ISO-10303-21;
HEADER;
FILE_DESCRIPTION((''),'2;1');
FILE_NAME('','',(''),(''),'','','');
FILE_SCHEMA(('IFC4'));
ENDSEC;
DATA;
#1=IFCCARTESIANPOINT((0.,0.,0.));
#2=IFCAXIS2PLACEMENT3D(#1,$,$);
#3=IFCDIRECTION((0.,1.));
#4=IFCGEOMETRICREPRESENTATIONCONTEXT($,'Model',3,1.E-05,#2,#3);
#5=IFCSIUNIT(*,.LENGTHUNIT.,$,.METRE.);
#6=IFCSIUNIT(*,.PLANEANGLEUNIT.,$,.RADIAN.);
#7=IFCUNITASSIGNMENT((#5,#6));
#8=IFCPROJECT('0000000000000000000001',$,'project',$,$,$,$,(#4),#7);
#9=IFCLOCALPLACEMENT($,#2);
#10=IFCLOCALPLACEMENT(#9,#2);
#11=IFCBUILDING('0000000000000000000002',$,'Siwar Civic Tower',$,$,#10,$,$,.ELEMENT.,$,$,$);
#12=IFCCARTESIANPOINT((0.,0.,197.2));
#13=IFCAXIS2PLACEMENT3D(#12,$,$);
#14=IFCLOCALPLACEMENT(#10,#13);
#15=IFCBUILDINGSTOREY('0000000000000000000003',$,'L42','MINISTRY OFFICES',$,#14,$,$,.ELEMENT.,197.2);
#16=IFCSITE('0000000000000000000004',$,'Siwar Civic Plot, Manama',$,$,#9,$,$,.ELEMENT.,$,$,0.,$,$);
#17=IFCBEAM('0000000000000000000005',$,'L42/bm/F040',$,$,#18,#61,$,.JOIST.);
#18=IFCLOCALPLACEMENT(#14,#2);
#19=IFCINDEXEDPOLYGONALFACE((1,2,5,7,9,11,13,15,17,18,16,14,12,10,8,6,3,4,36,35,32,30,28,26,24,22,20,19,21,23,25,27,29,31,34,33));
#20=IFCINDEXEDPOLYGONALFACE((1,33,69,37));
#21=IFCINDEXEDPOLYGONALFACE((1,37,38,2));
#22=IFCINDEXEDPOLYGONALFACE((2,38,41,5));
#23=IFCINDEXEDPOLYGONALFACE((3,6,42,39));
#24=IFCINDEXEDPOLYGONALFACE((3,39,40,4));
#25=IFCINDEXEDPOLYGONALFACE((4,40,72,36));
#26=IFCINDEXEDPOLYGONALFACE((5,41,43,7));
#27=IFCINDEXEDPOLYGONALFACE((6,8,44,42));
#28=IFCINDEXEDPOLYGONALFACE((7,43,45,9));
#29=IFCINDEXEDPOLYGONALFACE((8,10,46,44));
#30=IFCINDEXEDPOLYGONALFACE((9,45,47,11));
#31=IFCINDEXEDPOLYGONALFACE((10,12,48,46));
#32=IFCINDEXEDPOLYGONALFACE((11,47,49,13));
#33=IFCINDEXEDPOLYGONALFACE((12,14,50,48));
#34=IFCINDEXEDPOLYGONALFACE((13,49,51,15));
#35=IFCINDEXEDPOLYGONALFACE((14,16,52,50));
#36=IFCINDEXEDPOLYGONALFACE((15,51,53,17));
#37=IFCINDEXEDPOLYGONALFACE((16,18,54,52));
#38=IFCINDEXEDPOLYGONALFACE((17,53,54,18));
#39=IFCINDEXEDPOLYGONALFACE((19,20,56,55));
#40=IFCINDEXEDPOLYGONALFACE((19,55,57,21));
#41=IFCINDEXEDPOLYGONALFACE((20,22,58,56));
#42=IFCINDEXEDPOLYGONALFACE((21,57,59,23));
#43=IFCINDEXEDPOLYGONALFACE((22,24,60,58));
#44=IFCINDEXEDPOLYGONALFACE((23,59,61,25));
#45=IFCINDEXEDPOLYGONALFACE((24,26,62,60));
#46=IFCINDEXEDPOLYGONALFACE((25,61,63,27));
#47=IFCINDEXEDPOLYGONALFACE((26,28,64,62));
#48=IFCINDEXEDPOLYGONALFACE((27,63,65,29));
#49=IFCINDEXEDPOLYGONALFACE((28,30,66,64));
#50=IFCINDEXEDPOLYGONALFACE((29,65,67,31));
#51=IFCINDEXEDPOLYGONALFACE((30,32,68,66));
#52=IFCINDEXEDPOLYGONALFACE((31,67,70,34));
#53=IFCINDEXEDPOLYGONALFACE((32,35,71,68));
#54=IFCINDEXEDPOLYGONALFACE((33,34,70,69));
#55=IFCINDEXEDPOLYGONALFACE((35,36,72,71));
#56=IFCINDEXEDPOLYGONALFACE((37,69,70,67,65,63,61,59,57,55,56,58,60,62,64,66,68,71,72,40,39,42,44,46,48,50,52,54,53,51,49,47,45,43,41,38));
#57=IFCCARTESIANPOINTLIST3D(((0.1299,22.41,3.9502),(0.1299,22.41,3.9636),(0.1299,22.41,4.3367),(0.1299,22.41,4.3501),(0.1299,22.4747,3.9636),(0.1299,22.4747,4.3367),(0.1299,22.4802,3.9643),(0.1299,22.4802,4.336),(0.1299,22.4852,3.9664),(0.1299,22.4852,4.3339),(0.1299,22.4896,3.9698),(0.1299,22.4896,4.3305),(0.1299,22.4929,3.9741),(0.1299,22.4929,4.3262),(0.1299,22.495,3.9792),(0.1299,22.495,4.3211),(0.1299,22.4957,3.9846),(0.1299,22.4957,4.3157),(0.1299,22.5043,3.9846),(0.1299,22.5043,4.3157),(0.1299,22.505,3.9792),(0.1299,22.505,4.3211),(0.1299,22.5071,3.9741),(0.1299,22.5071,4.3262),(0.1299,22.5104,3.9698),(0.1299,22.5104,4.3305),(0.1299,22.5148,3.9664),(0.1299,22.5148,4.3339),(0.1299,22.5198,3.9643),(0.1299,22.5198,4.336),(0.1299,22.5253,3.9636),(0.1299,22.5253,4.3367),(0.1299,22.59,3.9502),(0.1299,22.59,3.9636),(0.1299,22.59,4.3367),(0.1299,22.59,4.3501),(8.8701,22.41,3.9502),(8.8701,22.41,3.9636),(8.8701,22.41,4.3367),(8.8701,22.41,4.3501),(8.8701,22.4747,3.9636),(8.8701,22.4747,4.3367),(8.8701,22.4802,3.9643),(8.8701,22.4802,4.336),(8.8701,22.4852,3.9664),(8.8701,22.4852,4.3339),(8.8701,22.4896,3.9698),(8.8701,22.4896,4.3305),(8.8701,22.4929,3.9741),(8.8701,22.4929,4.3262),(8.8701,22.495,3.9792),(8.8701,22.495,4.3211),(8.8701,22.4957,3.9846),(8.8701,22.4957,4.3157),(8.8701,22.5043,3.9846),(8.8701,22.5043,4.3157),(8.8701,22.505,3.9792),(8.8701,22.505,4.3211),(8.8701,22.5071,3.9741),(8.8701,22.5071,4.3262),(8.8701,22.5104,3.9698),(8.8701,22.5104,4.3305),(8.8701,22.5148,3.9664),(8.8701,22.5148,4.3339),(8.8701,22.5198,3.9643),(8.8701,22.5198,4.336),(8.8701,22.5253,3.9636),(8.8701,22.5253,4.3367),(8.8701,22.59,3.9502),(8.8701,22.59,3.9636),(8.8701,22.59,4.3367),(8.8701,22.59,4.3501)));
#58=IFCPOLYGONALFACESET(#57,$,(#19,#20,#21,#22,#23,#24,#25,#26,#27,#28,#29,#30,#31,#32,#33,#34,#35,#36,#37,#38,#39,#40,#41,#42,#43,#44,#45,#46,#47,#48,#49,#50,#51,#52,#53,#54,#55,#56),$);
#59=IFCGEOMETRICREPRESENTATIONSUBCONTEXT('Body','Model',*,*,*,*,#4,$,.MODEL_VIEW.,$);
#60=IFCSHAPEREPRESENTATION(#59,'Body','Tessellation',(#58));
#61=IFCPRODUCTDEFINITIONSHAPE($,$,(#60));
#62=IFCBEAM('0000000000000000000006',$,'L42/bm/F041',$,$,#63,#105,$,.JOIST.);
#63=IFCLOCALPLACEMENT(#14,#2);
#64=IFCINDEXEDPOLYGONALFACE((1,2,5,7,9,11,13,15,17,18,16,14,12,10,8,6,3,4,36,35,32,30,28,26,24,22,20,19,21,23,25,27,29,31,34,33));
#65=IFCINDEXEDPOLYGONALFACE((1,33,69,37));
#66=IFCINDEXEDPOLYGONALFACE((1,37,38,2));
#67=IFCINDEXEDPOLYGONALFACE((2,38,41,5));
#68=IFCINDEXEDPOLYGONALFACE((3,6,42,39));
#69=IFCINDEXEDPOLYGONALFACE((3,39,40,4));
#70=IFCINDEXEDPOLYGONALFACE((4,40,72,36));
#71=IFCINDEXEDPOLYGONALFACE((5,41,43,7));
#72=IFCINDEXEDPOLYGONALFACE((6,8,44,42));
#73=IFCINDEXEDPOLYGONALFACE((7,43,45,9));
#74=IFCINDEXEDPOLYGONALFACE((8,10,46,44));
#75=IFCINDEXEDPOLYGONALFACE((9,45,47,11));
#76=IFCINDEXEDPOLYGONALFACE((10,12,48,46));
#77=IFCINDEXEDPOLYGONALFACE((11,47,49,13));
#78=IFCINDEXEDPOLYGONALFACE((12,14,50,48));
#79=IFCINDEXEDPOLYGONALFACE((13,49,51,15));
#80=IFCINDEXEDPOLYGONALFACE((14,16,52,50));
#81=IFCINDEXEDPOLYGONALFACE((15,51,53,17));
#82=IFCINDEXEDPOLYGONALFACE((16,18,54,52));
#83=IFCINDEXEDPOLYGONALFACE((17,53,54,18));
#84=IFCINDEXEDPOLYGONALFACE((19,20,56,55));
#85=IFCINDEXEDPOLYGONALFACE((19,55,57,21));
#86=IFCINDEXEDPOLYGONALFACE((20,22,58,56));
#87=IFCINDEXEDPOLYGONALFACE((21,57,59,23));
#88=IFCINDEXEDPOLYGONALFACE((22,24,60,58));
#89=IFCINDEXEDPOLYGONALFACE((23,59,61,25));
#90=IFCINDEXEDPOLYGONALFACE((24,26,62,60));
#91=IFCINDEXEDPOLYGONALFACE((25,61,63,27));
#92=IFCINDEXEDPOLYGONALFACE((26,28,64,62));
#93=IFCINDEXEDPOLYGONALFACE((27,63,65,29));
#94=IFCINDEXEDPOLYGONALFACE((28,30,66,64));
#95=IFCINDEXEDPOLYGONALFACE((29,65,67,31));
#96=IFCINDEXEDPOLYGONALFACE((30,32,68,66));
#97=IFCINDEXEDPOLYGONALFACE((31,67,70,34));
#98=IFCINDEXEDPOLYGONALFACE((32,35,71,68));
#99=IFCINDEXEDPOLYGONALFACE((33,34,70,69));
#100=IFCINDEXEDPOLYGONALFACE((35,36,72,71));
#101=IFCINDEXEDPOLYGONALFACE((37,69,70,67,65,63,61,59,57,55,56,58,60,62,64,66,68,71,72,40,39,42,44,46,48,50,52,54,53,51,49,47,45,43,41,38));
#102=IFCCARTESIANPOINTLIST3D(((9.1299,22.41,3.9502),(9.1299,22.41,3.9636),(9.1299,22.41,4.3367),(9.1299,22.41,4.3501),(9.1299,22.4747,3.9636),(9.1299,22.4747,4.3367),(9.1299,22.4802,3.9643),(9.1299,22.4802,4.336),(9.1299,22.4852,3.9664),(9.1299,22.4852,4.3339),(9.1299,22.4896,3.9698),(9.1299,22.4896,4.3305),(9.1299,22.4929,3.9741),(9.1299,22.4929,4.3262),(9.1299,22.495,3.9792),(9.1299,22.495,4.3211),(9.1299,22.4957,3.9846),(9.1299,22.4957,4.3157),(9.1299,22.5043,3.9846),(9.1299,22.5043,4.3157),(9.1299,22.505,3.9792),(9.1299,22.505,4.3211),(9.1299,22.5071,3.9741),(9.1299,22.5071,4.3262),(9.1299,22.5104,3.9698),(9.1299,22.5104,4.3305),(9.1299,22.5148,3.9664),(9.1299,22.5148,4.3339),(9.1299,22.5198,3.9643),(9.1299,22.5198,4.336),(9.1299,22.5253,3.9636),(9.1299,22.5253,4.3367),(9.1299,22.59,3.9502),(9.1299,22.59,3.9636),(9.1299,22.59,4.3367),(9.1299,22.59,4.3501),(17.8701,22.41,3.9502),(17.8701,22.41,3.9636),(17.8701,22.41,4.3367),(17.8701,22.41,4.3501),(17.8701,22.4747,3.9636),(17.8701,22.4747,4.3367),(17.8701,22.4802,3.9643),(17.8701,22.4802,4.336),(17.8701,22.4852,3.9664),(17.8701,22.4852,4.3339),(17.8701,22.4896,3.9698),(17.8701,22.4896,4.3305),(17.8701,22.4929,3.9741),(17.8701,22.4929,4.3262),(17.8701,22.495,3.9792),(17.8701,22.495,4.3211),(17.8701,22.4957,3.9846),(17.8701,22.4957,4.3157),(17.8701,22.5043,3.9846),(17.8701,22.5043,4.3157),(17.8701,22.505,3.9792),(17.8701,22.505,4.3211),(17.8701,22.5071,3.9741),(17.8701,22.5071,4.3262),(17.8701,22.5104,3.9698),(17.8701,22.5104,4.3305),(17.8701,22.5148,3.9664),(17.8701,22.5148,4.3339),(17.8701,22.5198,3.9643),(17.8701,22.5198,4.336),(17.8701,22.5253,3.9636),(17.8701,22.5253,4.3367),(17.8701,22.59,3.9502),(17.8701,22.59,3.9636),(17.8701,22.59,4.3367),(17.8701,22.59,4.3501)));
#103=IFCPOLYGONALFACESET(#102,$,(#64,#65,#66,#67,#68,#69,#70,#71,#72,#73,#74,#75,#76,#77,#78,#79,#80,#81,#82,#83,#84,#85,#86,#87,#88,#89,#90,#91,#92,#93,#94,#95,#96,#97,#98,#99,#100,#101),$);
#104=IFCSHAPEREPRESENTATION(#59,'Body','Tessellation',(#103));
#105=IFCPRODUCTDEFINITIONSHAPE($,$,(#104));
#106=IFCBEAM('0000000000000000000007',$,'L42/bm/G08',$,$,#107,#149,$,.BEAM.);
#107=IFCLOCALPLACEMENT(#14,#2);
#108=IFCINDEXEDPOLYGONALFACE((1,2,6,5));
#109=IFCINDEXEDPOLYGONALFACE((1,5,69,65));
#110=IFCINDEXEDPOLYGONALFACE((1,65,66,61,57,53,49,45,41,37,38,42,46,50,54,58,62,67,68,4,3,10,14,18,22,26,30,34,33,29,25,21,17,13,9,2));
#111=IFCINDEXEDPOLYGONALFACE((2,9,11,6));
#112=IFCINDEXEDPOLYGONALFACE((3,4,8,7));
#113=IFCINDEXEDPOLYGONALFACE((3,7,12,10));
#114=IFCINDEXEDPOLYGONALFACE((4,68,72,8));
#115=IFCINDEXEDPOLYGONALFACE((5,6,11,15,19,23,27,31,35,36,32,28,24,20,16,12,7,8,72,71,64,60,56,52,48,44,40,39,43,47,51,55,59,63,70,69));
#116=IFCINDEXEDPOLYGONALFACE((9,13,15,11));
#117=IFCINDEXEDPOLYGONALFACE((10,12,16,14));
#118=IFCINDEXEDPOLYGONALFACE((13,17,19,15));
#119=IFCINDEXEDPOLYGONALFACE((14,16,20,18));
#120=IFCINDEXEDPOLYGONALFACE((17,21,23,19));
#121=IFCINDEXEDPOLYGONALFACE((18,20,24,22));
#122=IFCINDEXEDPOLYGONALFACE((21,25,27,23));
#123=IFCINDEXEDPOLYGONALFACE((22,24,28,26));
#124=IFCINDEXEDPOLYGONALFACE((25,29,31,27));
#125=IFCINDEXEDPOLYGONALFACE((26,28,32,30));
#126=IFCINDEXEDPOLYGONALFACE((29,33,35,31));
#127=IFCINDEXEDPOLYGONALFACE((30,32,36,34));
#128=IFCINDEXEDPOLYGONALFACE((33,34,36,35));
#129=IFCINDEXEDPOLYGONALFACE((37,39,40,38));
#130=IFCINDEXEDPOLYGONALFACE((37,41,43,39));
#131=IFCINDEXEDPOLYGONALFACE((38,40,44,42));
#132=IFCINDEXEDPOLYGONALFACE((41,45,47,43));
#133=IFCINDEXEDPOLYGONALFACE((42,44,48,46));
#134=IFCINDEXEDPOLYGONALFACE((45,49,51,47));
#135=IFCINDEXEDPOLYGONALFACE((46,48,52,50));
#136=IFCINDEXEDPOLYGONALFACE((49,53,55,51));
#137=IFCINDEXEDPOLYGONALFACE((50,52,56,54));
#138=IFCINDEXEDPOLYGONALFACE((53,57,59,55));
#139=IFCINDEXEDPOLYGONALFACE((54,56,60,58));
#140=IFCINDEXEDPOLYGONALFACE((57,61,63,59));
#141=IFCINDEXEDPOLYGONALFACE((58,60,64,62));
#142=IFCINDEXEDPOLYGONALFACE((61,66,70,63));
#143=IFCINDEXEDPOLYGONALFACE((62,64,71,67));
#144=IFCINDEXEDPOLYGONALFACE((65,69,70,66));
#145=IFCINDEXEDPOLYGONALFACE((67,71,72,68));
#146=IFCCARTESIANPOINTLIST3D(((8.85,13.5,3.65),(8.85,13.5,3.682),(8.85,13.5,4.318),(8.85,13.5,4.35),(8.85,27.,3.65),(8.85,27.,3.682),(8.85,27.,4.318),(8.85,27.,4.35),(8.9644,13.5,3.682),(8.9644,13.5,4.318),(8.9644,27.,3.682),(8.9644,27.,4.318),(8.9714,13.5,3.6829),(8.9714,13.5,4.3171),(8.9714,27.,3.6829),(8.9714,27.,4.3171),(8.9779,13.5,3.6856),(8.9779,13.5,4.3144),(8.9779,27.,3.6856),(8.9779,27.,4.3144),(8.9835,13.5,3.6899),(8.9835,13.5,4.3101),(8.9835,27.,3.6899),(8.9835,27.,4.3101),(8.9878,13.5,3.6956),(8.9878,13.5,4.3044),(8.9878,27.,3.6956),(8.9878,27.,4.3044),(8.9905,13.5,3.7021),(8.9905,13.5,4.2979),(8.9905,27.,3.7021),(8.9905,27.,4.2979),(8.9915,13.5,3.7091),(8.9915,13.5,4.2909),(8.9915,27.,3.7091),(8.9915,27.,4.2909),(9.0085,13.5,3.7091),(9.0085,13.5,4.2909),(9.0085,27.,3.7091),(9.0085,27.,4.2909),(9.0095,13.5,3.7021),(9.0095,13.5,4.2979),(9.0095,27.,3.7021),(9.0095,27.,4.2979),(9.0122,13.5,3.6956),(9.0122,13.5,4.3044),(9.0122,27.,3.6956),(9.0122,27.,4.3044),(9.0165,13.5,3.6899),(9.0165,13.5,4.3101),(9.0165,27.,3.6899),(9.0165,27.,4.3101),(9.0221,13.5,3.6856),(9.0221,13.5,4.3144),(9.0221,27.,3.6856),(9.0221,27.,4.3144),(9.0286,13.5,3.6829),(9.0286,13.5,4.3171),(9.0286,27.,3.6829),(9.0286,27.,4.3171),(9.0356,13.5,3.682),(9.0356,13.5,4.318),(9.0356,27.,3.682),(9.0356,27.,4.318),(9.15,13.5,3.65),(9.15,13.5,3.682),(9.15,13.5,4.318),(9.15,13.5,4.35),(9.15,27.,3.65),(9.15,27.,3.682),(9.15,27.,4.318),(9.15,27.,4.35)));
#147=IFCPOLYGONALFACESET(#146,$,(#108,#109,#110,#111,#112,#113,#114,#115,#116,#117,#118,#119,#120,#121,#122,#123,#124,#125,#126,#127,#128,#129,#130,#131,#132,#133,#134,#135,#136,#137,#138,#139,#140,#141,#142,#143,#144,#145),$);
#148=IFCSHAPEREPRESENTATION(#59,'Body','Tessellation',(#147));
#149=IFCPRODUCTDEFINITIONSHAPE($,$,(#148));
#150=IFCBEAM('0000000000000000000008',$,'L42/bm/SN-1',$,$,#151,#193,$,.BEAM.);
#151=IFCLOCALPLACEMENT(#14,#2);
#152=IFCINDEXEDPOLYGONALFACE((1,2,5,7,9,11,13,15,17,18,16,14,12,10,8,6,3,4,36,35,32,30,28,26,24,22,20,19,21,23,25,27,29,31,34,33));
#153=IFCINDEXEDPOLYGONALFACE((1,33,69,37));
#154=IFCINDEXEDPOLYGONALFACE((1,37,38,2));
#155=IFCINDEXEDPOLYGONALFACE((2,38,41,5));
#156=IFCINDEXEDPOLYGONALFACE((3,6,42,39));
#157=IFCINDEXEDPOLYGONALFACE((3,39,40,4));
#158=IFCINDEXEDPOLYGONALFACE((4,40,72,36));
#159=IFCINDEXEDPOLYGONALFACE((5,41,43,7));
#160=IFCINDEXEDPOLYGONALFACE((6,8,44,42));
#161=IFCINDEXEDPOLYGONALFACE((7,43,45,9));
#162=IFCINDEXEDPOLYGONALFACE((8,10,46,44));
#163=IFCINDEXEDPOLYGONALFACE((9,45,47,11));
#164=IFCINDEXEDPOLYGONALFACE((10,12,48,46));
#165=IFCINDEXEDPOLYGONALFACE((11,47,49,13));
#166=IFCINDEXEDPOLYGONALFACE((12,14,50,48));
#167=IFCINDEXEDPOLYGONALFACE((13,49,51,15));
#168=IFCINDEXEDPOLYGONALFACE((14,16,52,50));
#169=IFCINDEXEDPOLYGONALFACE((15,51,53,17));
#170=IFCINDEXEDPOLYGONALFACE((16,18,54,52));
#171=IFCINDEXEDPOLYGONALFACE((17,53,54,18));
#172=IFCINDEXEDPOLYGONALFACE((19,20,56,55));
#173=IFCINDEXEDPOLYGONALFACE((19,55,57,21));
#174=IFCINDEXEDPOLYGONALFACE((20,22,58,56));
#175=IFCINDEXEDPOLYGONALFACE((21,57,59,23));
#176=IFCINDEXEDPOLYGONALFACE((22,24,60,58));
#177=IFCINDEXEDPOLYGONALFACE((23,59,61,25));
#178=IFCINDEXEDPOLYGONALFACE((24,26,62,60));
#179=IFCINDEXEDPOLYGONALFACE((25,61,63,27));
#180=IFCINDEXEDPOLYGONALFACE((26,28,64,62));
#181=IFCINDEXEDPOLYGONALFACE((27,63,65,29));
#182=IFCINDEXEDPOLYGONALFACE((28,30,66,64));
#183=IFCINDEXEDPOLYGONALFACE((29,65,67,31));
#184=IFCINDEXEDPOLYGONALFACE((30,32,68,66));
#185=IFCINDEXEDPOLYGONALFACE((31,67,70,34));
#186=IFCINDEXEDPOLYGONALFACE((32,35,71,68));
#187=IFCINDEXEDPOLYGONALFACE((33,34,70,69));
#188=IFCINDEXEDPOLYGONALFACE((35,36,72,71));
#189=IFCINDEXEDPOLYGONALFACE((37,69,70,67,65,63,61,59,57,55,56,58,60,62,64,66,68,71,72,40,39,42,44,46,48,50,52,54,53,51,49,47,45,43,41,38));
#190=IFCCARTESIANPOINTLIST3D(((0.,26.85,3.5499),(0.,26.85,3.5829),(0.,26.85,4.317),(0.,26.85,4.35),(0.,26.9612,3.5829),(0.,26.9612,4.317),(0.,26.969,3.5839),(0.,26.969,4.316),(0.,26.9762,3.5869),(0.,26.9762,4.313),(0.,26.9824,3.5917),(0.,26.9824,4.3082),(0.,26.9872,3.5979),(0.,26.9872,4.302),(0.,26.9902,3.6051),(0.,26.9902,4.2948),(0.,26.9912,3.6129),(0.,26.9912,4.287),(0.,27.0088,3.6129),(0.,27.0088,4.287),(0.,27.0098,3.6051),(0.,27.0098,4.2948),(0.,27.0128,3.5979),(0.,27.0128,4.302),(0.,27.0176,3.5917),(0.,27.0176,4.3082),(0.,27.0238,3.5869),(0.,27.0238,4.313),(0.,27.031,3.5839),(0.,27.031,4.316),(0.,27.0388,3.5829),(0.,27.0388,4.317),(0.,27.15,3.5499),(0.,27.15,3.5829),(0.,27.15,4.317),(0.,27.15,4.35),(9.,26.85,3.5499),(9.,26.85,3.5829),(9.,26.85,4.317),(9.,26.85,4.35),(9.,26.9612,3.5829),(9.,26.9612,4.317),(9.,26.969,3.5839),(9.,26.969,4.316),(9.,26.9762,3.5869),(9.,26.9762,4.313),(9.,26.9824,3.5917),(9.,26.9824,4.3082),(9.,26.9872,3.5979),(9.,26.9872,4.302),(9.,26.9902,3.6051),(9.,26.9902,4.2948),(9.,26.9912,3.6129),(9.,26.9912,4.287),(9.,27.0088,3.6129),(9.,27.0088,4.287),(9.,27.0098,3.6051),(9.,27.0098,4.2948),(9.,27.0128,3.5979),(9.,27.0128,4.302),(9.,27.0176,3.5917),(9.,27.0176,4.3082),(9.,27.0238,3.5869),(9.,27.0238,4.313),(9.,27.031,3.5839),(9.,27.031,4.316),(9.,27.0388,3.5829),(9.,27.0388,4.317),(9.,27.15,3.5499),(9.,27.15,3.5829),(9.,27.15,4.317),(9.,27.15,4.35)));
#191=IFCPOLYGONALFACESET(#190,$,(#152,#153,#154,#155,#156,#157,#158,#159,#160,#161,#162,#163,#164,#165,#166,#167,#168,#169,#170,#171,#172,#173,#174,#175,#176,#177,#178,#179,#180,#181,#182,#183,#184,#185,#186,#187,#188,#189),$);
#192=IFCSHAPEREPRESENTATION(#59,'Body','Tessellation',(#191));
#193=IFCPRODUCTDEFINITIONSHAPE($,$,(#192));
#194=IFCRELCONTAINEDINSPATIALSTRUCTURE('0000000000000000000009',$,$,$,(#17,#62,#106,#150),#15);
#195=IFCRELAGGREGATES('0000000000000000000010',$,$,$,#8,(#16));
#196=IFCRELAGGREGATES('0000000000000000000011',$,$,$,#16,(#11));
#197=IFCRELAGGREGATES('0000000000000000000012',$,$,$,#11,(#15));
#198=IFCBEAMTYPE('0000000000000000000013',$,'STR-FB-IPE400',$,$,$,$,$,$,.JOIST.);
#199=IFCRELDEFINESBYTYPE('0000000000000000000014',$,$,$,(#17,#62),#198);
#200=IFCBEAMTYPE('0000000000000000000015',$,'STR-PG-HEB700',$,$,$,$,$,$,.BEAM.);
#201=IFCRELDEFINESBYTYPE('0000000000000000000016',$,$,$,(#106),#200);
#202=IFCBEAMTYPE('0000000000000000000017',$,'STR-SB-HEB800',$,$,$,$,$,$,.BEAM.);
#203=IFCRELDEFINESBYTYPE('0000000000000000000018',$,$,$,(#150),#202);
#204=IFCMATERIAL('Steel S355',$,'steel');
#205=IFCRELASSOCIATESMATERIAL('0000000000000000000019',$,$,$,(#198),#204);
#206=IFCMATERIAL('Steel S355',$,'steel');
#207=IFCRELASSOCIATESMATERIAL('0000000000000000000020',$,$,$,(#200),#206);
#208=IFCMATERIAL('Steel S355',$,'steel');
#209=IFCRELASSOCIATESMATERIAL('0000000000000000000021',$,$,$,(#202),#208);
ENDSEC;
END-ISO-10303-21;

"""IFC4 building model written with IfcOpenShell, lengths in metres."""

from ifc_helpers import new_model, si_unit, direction, frame, origin, origin_2d, place, context, subcontext, project, spatial, i_section, extrude, material, material_profile, profile_set, type_object, element, save


model = new_model("IFC4")

# Units and contexts
model_context = context("Model", 3, precision=1e-05, world=origin(), true_north=direction((0.0, 1.0)))
body_context = subcontext(model_context, "Body", "Model", "MODEL_VIEW")
ifc_project = project(units=[si_unit("LENGTHUNIT", "METRE"), si_unit("PLANEANGLEUNIT", "RADIAN")], contexts=[model_context])

# Site, building, storey
site_placement = place(None, origin())
site = spatial("IfcSite", under=ifc_project, at=site_placement, Name="Siwar Civic Plot, Manama", CompositionType="ELEMENT", RefElevation=0.0)
building_placement = place(site_placement, origin())
building = spatial("IfcBuilding", under=site, at=building_placement, Name="Siwar Civic Tower", CompositionType="ELEMENT")
storey_placement = place(building_placement, frame((0.0, 0.0, 197.2)))
storey = spatial("IfcBuildingStorey", under=building, at=storey_placement, Name="L42", Description="MINISTRY OFFICES", CompositionType="ELEMENT", Elevation=197.2)

# Beams
ifc_material_1 = material(Name="Steel S355", Category="steel")
ifc_material_profile_1 = material_profile(ifc_material_1, i_section(OverallWidth=0.1799, OverallDepth=0.3999, WebThickness=0.0085, FlangeThickness=0.0134, FilletRadius=0.021, at=origin_2d()), Name="IPE400")
ifc_profile_set_1 = profile_set([ifc_material_profile_1], Name="Steel S355")
beam_type_1 = type_object("IfcBeamType", Name="STR-FB-IPE400", PredefinedType="JOIST", material=ifc_profile_set_1)
for number, where, z_axis, x_axis, name in (
    (1, (0.1299, 22.5, 4.1501), (1.0, 0.0, 0.0), (0.0, 1.0, 0.0), "L42/bm/F040"),
    (2, (9.1299, 22.5, 4.1501), (1.0, 0.0, 0.0), (0.0, 1.0, 0.0), "L42/bm/F041"),
):
    element("IfcBeam", number, at=place(storey_placement, frame(where, z_axis=z_axis, x_axis=x_axis)), inside=storey, type_object=beam_type_1, Name=name, PredefinedType="JOIST", context=body_context, shape_type="SweptSolid", body=[
        extrude(i_section(OverallWidth=0.1799, OverallDepth=0.3999, WebThickness=0.0085, FlangeThickness=0.0134, FilletRadius=0.021, at=origin_2d()), origin(), (0.0, 0.0, 1.0), 8.7402),
    ])
ifc_material_2 = material(Name="Steel S355", Category="steel")
ifc_material_profile_2 = material_profile(ifc_material_2, i_section(OverallWidth=0.3, OverallDepth=0.7, WebThickness=0.0171, FlangeThickness=0.032, FilletRadius=0.0271, at=origin_2d()), Name="HEB700")
ifc_profile_set_2 = profile_set([ifc_material_profile_2], Name="Steel S355")
beam_type_2 = type_object("IfcBeamType", Name="STR-PG-HEB700", PredefinedType="BEAM", material=ifc_profile_set_2)
beam_1_placement = place(storey_placement, frame((9.0, 13.5, 4.0), z_axis=(0.0, 1.0, 0.0), x_axis=(-1.0, 0.0, 0.0)))
element("IfcBeam", 3, at=beam_1_placement, inside=storey, type_object=beam_type_2, Name="L42/bm/G08", PredefinedType="BEAM", context=body_context, shape_type="SweptSolid", body=[
    extrude(i_section(OverallWidth=0.3, OverallDepth=0.7, WebThickness=0.0171, FlangeThickness=0.032, FilletRadius=0.0271, at=origin_2d()), origin(), (0.0, 0.0, 1.0), 13.5),
])
ifc_material_3 = material(Name="Steel S355", Category="steel")
ifc_material_profile_3 = material_profile(ifc_material_3, i_section(OverallWidth=0.3, OverallDepth=0.8, WebThickness=0.0176, FlangeThickness=0.033, FilletRadius=0.03, at=origin_2d()), Name="HEB800")
ifc_profile_set_3 = profile_set([ifc_material_profile_3], Name="Steel S355")
beam_type_3 = type_object("IfcBeamType", Name="STR-SB-HEB800", PredefinedType="BEAM", material=ifc_profile_set_3)
beam_2_placement = place(storey_placement, frame((9.0, 27.0, 3.95), z_axis=(-1.0, 0.0, 0.0), x_axis=(0.0, -1.0, 0.0)))
element("IfcBeam", 4, at=beam_2_placement, inside=storey, type_object=beam_type_3, Name="L42/bm/SN-1", PredefinedType="BEAM", context=body_context, shape_type="SweptSolid", body=[
    extrude(i_section(OverallWidth=0.3, OverallDepth=0.8, WebThickness=0.0176, FlangeThickness=0.033, FilletRadius=0.03, at=origin_2d()), origin(), (0.0, 0.0, 1.0), 9.0),
])

save(model, "model.ifc")
